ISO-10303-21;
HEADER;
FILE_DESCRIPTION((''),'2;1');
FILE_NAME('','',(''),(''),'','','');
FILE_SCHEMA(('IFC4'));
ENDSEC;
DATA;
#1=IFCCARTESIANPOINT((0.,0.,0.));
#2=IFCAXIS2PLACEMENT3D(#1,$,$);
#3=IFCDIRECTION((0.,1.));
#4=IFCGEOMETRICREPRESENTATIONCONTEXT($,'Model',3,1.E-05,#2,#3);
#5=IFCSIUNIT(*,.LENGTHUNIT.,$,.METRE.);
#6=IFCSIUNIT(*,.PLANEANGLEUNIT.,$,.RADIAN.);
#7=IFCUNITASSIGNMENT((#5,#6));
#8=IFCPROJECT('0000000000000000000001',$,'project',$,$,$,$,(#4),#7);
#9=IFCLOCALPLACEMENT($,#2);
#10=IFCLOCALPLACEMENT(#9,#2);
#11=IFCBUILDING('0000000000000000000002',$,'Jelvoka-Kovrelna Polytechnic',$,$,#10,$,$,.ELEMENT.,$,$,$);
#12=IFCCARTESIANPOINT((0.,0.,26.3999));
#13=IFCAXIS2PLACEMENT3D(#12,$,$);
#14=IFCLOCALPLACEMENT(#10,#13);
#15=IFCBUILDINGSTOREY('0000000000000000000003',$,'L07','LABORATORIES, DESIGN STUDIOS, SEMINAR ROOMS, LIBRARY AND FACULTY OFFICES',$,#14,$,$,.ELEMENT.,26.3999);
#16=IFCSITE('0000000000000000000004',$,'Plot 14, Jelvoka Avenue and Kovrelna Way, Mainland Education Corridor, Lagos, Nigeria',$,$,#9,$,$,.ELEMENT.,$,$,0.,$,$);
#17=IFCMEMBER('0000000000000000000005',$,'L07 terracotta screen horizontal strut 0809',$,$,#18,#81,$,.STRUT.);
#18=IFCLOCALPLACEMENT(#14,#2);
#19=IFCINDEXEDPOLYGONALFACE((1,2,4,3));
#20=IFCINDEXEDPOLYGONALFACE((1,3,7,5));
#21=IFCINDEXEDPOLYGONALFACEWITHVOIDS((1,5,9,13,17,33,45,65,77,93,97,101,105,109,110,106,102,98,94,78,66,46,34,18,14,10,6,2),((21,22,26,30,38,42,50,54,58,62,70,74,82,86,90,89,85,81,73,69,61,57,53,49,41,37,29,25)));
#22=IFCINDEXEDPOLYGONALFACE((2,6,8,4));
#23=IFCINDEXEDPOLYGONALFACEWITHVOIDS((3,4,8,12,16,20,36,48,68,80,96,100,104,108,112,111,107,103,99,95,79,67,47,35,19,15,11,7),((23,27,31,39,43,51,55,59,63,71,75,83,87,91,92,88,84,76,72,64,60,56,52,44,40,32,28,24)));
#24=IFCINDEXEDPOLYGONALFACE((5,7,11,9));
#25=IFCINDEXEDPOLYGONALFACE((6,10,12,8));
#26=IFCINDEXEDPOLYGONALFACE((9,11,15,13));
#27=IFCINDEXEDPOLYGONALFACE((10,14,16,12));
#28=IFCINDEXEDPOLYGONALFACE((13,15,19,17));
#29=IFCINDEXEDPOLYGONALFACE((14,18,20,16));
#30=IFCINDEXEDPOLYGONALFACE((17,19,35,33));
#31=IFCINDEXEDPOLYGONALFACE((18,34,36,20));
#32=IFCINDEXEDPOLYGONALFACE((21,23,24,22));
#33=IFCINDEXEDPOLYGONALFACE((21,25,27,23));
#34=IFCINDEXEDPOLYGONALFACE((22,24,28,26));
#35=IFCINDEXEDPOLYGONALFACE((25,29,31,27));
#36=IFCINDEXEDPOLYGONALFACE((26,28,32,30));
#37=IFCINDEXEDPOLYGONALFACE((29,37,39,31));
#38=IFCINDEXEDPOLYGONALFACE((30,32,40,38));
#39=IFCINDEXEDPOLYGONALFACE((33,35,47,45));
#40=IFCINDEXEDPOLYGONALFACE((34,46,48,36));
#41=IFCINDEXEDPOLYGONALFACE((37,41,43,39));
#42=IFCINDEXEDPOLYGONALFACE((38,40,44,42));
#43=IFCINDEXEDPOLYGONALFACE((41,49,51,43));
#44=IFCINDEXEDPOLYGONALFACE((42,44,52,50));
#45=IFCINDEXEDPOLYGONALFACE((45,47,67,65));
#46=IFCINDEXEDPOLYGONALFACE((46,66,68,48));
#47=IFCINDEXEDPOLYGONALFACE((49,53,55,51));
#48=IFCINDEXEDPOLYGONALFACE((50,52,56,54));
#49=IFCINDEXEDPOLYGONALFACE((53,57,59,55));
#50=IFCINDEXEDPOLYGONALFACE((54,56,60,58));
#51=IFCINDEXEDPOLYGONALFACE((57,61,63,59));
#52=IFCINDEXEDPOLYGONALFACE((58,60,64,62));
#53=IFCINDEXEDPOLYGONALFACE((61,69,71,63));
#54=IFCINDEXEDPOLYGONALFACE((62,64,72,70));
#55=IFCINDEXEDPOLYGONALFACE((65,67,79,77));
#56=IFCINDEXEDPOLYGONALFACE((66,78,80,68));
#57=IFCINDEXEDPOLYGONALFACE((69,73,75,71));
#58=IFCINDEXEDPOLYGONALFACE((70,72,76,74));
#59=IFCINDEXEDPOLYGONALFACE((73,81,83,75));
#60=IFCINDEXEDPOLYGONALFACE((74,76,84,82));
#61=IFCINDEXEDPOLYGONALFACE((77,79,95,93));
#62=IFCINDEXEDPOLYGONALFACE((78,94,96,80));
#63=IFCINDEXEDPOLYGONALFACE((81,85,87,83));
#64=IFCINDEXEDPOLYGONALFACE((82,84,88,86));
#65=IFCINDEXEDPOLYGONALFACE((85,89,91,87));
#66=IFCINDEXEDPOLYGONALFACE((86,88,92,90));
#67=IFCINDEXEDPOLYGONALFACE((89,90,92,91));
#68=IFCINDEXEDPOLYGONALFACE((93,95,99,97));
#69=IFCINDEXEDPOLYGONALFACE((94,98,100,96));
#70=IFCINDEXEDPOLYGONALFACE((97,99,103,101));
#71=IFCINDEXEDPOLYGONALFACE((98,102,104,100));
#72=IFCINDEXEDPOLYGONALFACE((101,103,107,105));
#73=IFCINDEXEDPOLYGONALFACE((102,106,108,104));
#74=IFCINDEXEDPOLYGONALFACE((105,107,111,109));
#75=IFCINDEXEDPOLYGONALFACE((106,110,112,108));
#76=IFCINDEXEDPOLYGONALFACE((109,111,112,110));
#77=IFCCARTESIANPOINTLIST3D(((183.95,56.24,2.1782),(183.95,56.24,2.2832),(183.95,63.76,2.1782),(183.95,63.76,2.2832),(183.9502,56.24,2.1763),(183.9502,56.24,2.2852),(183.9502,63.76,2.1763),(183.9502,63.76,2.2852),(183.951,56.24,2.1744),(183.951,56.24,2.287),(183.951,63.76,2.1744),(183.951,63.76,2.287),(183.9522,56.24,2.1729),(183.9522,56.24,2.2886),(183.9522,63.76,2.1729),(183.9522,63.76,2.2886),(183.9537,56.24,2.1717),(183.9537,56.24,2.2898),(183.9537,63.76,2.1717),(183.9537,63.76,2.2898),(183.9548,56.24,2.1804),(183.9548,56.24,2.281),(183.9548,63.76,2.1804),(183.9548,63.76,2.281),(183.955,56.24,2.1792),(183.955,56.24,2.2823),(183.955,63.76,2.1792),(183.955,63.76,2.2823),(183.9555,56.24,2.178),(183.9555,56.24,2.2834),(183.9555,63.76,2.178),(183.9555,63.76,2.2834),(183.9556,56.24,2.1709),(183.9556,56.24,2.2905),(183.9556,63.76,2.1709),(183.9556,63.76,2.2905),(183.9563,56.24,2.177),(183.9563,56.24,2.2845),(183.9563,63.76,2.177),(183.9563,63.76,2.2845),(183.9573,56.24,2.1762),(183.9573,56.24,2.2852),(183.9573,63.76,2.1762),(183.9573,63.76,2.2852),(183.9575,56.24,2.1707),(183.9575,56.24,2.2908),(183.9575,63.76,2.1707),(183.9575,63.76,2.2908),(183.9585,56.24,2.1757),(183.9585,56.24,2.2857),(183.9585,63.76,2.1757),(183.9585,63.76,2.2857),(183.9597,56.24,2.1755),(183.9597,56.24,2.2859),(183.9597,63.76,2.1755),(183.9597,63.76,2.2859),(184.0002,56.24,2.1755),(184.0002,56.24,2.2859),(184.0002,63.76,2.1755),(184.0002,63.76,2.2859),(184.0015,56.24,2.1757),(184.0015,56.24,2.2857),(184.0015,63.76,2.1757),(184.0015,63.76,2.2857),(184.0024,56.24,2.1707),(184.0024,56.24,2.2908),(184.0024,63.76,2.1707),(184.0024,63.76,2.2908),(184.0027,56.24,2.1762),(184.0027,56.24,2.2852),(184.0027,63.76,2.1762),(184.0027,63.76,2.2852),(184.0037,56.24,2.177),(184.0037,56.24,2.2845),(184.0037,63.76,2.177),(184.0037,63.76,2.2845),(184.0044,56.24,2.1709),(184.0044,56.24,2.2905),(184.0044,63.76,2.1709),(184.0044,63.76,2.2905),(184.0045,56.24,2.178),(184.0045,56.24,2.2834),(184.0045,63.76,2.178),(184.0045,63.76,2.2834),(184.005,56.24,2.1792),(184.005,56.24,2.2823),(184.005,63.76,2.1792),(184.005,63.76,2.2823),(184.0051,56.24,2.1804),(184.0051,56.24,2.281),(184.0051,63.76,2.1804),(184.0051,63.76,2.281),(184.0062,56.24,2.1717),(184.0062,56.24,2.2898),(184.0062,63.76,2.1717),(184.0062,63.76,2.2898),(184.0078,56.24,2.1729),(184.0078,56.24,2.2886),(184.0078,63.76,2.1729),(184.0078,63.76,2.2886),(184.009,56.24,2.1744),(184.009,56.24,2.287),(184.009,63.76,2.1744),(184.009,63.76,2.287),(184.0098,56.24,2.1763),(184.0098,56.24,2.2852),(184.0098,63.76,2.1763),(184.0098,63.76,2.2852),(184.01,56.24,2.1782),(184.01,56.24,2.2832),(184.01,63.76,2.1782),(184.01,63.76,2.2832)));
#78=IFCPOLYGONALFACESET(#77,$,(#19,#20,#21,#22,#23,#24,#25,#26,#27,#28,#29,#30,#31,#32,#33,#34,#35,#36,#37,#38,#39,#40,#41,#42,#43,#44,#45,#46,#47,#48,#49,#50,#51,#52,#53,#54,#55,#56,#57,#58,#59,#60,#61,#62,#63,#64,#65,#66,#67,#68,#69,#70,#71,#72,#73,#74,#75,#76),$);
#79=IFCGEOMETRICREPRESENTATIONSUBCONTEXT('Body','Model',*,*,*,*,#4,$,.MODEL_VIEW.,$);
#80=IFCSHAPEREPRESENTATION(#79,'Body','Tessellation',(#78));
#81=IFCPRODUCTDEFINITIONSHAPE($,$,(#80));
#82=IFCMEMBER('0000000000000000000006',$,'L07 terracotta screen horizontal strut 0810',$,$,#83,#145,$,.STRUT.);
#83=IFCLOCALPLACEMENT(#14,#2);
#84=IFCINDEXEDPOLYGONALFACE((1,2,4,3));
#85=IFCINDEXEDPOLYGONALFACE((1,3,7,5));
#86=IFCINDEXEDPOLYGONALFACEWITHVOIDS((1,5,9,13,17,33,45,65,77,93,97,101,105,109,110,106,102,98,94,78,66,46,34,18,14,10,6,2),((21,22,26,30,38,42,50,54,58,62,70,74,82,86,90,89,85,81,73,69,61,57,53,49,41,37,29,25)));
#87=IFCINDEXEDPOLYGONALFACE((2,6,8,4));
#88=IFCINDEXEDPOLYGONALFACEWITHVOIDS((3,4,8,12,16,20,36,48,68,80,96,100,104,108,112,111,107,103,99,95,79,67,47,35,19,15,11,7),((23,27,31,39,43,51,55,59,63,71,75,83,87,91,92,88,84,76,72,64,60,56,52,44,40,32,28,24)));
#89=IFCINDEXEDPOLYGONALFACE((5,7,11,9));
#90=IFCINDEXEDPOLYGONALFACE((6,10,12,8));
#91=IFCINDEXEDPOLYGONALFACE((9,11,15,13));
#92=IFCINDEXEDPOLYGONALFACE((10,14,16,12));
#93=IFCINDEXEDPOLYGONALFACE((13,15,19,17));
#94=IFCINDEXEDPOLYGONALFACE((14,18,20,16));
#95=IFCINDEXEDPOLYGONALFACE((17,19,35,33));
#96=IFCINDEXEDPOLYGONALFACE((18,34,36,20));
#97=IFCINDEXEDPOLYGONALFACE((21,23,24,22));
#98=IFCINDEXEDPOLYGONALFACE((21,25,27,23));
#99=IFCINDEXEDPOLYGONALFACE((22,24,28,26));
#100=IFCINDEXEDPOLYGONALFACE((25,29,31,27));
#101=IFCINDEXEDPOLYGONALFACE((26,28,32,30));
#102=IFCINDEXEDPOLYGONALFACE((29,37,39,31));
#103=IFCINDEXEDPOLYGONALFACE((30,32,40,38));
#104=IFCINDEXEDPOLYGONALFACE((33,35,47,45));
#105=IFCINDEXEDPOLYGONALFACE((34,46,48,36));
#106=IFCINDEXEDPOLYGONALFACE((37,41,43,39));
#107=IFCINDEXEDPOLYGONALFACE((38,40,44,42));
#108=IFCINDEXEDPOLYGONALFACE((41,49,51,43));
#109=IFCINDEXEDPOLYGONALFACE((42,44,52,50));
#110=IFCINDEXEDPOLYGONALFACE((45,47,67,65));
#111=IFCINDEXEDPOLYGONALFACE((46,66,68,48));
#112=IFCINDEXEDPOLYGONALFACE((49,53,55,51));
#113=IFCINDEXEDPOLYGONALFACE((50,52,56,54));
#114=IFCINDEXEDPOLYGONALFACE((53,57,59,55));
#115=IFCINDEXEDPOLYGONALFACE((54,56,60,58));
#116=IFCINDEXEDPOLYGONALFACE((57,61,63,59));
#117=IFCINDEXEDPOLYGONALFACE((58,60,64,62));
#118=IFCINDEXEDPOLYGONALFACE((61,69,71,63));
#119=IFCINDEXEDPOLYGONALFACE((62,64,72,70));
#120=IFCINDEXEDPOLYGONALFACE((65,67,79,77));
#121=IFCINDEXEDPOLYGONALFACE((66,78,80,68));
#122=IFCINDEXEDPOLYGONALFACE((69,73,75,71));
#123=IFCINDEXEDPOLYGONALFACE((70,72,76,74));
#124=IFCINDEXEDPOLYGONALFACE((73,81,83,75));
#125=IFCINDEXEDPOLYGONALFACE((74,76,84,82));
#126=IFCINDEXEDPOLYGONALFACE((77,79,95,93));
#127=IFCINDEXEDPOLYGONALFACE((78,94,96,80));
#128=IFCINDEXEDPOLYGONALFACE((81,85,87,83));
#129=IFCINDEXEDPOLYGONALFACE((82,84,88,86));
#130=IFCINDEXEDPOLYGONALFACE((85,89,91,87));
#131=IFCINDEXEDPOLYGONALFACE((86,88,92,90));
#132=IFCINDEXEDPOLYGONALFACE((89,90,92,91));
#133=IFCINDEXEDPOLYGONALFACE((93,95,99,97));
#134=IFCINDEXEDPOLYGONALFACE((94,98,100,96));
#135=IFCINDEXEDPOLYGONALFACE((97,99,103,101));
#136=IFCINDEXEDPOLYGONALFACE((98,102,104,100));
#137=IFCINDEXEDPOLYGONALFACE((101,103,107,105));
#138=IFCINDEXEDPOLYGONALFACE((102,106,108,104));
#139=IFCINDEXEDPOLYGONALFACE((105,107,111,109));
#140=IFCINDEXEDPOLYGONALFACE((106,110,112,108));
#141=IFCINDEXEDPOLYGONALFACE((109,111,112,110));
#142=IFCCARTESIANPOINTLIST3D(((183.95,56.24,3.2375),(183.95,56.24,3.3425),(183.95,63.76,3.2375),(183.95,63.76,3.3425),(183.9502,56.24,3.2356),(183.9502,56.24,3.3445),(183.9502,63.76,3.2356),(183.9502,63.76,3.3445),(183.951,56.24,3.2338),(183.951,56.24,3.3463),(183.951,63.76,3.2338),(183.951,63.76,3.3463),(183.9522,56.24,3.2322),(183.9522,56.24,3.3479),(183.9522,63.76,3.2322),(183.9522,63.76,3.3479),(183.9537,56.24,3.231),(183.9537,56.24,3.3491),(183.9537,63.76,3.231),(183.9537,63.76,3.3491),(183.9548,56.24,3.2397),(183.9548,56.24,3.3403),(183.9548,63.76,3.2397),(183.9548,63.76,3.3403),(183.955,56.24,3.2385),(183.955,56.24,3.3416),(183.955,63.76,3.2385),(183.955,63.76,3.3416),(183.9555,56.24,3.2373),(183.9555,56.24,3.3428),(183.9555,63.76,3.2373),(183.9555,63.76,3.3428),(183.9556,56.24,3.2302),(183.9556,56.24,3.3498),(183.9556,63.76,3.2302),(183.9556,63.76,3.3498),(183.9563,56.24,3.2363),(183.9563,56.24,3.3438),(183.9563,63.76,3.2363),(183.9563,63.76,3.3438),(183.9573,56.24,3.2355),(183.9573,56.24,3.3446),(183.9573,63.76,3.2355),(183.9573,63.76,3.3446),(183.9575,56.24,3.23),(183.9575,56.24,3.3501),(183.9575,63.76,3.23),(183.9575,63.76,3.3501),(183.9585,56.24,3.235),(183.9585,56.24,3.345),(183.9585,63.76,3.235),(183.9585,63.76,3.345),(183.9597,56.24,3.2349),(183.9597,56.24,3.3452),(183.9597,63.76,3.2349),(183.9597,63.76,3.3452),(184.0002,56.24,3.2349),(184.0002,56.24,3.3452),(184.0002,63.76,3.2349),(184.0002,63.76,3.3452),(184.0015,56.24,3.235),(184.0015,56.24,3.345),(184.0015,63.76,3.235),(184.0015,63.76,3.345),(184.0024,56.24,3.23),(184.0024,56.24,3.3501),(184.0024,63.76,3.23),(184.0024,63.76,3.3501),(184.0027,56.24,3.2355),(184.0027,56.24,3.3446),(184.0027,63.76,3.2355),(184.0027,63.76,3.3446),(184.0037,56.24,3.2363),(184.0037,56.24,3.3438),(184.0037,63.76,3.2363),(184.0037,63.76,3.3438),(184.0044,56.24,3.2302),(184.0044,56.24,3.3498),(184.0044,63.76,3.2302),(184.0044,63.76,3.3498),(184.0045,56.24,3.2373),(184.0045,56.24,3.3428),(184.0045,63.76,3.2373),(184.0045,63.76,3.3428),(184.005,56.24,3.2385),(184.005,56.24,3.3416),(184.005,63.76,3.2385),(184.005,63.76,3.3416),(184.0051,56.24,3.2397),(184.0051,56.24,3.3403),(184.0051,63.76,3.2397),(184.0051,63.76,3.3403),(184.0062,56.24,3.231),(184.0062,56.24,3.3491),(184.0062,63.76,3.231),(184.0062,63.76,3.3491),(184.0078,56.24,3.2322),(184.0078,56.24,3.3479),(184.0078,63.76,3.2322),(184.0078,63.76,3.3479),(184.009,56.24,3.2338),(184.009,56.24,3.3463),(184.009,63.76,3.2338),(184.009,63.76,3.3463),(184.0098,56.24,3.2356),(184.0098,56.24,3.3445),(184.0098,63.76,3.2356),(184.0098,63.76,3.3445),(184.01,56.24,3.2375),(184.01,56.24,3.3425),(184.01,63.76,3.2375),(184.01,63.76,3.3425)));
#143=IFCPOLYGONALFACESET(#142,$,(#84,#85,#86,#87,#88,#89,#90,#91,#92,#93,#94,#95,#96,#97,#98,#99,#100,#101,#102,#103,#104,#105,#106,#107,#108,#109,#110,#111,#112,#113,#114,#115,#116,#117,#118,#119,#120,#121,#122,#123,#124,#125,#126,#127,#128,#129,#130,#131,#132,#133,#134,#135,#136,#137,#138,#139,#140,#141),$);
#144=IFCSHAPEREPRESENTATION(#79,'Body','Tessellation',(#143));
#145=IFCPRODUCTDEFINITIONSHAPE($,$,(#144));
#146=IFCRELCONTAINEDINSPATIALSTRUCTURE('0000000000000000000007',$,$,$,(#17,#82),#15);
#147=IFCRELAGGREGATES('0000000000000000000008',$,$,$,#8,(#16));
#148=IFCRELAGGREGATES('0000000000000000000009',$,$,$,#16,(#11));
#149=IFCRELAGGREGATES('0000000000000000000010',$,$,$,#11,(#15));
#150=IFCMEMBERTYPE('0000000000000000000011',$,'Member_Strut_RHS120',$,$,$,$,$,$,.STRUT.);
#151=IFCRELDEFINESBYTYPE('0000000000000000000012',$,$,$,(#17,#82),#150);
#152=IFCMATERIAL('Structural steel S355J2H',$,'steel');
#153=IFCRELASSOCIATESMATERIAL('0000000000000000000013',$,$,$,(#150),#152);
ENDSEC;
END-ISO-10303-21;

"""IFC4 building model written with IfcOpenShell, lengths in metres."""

from ifc_helpers import new_model, si_unit, direction, frame, origin, origin_2d, place, context, subcontext, project, spatial, hollow_rectangle, extrude, material, material_profile, profile_set, type_object, element, save


model = new_model("IFC4")

# Units and contexts
model_context = context("Model", 3, precision=1e-05, world=origin(), true_north=direction((0.0, 1.0)))
body_context = subcontext(model_context, "Body", "Model", "MODEL_VIEW")
ifc_project = project(units=[si_unit("LENGTHUNIT", "METRE"), si_unit("PLANEANGLEUNIT", "RADIAN")], contexts=[model_context])

# Site, building, storey
site_placement = place(None, origin())
site = spatial("IfcSite", under=ifc_project, at=site_placement, Name="Plot 14, Jelvoka Avenue and Kovrelna Way, Mainland Education Corridor, Lagos, Nigeria", CompositionType="ELEMENT", RefElevation=0.0)
building_placement = place(site_placement, origin())
building = spatial("IfcBuilding", under=site, at=building_placement, Name="Jelvoka-Kovrelna Polytechnic", CompositionType="ELEMENT")
storey_placement = place(building_placement, frame((0.0, 0.0, 26.3999)))
storey = spatial("IfcBuildingStorey", under=building, at=storey_placement, Name="L07", Description="LABORATORIES, DESIGN STUDIOS, SEMINAR ROOMS, LIBRARY AND FACULTY OFFICES", CompositionType="ELEMENT", Elevation=26.3999)

# Members
ifc_material_1 = material(Name="Structural steel S355J2H", Category="steel")
ifc_material_profile_1 = material_profile(ifc_material_1, hollow_rectangle(XDim=0.0601, YDim=0.1201, WallThickness=0.0049, InnerFilletRadius=0.0049, OuterFilletRadius=0.0076, at=origin_2d()), Name="120x60x5.0 RHS")
ifc_profile_set_1 = profile_set([ifc_material_profile_1], Name="Structural steel S355J2H")
member_type_1 = type_object("IfcMemberType", Name="Member_Strut_RHS120", PredefinedType="STRUT", material=ifc_profile_set_1)
for number, where, z_axis, x_axis, name in (
    (1, (183.98, 56.24, 2.2307), (0.0, 1.0, 0.0), (-1.0, 0.0, 0.0), "L07 terracotta screen horizontal strut 0809"),
    (2, (183.98, 56.24, 3.29), (0.0, 1.0, 0.0), (-1.0, 0.0, 0.0), "L07 terracotta screen horizontal strut 0810"),
):
    element("IfcMember", number, at=place(storey_placement, frame(where, z_axis=z_axis, x_axis=x_axis)), inside=storey, type_object=member_type_1, Name=name, PredefinedType="STRUT", context=body_context, shape_type="SweptSolid", body=[
        extrude(hollow_rectangle(XDim=0.0601, YDim=0.1201, WallThickness=0.0049, InnerFilletRadius=0.0049, OuterFilletRadius=0.0076, at=origin_2d()), origin(), (0.0, 0.0, 1.0), 7.52),
    ])

save(model, "model.ifc")
